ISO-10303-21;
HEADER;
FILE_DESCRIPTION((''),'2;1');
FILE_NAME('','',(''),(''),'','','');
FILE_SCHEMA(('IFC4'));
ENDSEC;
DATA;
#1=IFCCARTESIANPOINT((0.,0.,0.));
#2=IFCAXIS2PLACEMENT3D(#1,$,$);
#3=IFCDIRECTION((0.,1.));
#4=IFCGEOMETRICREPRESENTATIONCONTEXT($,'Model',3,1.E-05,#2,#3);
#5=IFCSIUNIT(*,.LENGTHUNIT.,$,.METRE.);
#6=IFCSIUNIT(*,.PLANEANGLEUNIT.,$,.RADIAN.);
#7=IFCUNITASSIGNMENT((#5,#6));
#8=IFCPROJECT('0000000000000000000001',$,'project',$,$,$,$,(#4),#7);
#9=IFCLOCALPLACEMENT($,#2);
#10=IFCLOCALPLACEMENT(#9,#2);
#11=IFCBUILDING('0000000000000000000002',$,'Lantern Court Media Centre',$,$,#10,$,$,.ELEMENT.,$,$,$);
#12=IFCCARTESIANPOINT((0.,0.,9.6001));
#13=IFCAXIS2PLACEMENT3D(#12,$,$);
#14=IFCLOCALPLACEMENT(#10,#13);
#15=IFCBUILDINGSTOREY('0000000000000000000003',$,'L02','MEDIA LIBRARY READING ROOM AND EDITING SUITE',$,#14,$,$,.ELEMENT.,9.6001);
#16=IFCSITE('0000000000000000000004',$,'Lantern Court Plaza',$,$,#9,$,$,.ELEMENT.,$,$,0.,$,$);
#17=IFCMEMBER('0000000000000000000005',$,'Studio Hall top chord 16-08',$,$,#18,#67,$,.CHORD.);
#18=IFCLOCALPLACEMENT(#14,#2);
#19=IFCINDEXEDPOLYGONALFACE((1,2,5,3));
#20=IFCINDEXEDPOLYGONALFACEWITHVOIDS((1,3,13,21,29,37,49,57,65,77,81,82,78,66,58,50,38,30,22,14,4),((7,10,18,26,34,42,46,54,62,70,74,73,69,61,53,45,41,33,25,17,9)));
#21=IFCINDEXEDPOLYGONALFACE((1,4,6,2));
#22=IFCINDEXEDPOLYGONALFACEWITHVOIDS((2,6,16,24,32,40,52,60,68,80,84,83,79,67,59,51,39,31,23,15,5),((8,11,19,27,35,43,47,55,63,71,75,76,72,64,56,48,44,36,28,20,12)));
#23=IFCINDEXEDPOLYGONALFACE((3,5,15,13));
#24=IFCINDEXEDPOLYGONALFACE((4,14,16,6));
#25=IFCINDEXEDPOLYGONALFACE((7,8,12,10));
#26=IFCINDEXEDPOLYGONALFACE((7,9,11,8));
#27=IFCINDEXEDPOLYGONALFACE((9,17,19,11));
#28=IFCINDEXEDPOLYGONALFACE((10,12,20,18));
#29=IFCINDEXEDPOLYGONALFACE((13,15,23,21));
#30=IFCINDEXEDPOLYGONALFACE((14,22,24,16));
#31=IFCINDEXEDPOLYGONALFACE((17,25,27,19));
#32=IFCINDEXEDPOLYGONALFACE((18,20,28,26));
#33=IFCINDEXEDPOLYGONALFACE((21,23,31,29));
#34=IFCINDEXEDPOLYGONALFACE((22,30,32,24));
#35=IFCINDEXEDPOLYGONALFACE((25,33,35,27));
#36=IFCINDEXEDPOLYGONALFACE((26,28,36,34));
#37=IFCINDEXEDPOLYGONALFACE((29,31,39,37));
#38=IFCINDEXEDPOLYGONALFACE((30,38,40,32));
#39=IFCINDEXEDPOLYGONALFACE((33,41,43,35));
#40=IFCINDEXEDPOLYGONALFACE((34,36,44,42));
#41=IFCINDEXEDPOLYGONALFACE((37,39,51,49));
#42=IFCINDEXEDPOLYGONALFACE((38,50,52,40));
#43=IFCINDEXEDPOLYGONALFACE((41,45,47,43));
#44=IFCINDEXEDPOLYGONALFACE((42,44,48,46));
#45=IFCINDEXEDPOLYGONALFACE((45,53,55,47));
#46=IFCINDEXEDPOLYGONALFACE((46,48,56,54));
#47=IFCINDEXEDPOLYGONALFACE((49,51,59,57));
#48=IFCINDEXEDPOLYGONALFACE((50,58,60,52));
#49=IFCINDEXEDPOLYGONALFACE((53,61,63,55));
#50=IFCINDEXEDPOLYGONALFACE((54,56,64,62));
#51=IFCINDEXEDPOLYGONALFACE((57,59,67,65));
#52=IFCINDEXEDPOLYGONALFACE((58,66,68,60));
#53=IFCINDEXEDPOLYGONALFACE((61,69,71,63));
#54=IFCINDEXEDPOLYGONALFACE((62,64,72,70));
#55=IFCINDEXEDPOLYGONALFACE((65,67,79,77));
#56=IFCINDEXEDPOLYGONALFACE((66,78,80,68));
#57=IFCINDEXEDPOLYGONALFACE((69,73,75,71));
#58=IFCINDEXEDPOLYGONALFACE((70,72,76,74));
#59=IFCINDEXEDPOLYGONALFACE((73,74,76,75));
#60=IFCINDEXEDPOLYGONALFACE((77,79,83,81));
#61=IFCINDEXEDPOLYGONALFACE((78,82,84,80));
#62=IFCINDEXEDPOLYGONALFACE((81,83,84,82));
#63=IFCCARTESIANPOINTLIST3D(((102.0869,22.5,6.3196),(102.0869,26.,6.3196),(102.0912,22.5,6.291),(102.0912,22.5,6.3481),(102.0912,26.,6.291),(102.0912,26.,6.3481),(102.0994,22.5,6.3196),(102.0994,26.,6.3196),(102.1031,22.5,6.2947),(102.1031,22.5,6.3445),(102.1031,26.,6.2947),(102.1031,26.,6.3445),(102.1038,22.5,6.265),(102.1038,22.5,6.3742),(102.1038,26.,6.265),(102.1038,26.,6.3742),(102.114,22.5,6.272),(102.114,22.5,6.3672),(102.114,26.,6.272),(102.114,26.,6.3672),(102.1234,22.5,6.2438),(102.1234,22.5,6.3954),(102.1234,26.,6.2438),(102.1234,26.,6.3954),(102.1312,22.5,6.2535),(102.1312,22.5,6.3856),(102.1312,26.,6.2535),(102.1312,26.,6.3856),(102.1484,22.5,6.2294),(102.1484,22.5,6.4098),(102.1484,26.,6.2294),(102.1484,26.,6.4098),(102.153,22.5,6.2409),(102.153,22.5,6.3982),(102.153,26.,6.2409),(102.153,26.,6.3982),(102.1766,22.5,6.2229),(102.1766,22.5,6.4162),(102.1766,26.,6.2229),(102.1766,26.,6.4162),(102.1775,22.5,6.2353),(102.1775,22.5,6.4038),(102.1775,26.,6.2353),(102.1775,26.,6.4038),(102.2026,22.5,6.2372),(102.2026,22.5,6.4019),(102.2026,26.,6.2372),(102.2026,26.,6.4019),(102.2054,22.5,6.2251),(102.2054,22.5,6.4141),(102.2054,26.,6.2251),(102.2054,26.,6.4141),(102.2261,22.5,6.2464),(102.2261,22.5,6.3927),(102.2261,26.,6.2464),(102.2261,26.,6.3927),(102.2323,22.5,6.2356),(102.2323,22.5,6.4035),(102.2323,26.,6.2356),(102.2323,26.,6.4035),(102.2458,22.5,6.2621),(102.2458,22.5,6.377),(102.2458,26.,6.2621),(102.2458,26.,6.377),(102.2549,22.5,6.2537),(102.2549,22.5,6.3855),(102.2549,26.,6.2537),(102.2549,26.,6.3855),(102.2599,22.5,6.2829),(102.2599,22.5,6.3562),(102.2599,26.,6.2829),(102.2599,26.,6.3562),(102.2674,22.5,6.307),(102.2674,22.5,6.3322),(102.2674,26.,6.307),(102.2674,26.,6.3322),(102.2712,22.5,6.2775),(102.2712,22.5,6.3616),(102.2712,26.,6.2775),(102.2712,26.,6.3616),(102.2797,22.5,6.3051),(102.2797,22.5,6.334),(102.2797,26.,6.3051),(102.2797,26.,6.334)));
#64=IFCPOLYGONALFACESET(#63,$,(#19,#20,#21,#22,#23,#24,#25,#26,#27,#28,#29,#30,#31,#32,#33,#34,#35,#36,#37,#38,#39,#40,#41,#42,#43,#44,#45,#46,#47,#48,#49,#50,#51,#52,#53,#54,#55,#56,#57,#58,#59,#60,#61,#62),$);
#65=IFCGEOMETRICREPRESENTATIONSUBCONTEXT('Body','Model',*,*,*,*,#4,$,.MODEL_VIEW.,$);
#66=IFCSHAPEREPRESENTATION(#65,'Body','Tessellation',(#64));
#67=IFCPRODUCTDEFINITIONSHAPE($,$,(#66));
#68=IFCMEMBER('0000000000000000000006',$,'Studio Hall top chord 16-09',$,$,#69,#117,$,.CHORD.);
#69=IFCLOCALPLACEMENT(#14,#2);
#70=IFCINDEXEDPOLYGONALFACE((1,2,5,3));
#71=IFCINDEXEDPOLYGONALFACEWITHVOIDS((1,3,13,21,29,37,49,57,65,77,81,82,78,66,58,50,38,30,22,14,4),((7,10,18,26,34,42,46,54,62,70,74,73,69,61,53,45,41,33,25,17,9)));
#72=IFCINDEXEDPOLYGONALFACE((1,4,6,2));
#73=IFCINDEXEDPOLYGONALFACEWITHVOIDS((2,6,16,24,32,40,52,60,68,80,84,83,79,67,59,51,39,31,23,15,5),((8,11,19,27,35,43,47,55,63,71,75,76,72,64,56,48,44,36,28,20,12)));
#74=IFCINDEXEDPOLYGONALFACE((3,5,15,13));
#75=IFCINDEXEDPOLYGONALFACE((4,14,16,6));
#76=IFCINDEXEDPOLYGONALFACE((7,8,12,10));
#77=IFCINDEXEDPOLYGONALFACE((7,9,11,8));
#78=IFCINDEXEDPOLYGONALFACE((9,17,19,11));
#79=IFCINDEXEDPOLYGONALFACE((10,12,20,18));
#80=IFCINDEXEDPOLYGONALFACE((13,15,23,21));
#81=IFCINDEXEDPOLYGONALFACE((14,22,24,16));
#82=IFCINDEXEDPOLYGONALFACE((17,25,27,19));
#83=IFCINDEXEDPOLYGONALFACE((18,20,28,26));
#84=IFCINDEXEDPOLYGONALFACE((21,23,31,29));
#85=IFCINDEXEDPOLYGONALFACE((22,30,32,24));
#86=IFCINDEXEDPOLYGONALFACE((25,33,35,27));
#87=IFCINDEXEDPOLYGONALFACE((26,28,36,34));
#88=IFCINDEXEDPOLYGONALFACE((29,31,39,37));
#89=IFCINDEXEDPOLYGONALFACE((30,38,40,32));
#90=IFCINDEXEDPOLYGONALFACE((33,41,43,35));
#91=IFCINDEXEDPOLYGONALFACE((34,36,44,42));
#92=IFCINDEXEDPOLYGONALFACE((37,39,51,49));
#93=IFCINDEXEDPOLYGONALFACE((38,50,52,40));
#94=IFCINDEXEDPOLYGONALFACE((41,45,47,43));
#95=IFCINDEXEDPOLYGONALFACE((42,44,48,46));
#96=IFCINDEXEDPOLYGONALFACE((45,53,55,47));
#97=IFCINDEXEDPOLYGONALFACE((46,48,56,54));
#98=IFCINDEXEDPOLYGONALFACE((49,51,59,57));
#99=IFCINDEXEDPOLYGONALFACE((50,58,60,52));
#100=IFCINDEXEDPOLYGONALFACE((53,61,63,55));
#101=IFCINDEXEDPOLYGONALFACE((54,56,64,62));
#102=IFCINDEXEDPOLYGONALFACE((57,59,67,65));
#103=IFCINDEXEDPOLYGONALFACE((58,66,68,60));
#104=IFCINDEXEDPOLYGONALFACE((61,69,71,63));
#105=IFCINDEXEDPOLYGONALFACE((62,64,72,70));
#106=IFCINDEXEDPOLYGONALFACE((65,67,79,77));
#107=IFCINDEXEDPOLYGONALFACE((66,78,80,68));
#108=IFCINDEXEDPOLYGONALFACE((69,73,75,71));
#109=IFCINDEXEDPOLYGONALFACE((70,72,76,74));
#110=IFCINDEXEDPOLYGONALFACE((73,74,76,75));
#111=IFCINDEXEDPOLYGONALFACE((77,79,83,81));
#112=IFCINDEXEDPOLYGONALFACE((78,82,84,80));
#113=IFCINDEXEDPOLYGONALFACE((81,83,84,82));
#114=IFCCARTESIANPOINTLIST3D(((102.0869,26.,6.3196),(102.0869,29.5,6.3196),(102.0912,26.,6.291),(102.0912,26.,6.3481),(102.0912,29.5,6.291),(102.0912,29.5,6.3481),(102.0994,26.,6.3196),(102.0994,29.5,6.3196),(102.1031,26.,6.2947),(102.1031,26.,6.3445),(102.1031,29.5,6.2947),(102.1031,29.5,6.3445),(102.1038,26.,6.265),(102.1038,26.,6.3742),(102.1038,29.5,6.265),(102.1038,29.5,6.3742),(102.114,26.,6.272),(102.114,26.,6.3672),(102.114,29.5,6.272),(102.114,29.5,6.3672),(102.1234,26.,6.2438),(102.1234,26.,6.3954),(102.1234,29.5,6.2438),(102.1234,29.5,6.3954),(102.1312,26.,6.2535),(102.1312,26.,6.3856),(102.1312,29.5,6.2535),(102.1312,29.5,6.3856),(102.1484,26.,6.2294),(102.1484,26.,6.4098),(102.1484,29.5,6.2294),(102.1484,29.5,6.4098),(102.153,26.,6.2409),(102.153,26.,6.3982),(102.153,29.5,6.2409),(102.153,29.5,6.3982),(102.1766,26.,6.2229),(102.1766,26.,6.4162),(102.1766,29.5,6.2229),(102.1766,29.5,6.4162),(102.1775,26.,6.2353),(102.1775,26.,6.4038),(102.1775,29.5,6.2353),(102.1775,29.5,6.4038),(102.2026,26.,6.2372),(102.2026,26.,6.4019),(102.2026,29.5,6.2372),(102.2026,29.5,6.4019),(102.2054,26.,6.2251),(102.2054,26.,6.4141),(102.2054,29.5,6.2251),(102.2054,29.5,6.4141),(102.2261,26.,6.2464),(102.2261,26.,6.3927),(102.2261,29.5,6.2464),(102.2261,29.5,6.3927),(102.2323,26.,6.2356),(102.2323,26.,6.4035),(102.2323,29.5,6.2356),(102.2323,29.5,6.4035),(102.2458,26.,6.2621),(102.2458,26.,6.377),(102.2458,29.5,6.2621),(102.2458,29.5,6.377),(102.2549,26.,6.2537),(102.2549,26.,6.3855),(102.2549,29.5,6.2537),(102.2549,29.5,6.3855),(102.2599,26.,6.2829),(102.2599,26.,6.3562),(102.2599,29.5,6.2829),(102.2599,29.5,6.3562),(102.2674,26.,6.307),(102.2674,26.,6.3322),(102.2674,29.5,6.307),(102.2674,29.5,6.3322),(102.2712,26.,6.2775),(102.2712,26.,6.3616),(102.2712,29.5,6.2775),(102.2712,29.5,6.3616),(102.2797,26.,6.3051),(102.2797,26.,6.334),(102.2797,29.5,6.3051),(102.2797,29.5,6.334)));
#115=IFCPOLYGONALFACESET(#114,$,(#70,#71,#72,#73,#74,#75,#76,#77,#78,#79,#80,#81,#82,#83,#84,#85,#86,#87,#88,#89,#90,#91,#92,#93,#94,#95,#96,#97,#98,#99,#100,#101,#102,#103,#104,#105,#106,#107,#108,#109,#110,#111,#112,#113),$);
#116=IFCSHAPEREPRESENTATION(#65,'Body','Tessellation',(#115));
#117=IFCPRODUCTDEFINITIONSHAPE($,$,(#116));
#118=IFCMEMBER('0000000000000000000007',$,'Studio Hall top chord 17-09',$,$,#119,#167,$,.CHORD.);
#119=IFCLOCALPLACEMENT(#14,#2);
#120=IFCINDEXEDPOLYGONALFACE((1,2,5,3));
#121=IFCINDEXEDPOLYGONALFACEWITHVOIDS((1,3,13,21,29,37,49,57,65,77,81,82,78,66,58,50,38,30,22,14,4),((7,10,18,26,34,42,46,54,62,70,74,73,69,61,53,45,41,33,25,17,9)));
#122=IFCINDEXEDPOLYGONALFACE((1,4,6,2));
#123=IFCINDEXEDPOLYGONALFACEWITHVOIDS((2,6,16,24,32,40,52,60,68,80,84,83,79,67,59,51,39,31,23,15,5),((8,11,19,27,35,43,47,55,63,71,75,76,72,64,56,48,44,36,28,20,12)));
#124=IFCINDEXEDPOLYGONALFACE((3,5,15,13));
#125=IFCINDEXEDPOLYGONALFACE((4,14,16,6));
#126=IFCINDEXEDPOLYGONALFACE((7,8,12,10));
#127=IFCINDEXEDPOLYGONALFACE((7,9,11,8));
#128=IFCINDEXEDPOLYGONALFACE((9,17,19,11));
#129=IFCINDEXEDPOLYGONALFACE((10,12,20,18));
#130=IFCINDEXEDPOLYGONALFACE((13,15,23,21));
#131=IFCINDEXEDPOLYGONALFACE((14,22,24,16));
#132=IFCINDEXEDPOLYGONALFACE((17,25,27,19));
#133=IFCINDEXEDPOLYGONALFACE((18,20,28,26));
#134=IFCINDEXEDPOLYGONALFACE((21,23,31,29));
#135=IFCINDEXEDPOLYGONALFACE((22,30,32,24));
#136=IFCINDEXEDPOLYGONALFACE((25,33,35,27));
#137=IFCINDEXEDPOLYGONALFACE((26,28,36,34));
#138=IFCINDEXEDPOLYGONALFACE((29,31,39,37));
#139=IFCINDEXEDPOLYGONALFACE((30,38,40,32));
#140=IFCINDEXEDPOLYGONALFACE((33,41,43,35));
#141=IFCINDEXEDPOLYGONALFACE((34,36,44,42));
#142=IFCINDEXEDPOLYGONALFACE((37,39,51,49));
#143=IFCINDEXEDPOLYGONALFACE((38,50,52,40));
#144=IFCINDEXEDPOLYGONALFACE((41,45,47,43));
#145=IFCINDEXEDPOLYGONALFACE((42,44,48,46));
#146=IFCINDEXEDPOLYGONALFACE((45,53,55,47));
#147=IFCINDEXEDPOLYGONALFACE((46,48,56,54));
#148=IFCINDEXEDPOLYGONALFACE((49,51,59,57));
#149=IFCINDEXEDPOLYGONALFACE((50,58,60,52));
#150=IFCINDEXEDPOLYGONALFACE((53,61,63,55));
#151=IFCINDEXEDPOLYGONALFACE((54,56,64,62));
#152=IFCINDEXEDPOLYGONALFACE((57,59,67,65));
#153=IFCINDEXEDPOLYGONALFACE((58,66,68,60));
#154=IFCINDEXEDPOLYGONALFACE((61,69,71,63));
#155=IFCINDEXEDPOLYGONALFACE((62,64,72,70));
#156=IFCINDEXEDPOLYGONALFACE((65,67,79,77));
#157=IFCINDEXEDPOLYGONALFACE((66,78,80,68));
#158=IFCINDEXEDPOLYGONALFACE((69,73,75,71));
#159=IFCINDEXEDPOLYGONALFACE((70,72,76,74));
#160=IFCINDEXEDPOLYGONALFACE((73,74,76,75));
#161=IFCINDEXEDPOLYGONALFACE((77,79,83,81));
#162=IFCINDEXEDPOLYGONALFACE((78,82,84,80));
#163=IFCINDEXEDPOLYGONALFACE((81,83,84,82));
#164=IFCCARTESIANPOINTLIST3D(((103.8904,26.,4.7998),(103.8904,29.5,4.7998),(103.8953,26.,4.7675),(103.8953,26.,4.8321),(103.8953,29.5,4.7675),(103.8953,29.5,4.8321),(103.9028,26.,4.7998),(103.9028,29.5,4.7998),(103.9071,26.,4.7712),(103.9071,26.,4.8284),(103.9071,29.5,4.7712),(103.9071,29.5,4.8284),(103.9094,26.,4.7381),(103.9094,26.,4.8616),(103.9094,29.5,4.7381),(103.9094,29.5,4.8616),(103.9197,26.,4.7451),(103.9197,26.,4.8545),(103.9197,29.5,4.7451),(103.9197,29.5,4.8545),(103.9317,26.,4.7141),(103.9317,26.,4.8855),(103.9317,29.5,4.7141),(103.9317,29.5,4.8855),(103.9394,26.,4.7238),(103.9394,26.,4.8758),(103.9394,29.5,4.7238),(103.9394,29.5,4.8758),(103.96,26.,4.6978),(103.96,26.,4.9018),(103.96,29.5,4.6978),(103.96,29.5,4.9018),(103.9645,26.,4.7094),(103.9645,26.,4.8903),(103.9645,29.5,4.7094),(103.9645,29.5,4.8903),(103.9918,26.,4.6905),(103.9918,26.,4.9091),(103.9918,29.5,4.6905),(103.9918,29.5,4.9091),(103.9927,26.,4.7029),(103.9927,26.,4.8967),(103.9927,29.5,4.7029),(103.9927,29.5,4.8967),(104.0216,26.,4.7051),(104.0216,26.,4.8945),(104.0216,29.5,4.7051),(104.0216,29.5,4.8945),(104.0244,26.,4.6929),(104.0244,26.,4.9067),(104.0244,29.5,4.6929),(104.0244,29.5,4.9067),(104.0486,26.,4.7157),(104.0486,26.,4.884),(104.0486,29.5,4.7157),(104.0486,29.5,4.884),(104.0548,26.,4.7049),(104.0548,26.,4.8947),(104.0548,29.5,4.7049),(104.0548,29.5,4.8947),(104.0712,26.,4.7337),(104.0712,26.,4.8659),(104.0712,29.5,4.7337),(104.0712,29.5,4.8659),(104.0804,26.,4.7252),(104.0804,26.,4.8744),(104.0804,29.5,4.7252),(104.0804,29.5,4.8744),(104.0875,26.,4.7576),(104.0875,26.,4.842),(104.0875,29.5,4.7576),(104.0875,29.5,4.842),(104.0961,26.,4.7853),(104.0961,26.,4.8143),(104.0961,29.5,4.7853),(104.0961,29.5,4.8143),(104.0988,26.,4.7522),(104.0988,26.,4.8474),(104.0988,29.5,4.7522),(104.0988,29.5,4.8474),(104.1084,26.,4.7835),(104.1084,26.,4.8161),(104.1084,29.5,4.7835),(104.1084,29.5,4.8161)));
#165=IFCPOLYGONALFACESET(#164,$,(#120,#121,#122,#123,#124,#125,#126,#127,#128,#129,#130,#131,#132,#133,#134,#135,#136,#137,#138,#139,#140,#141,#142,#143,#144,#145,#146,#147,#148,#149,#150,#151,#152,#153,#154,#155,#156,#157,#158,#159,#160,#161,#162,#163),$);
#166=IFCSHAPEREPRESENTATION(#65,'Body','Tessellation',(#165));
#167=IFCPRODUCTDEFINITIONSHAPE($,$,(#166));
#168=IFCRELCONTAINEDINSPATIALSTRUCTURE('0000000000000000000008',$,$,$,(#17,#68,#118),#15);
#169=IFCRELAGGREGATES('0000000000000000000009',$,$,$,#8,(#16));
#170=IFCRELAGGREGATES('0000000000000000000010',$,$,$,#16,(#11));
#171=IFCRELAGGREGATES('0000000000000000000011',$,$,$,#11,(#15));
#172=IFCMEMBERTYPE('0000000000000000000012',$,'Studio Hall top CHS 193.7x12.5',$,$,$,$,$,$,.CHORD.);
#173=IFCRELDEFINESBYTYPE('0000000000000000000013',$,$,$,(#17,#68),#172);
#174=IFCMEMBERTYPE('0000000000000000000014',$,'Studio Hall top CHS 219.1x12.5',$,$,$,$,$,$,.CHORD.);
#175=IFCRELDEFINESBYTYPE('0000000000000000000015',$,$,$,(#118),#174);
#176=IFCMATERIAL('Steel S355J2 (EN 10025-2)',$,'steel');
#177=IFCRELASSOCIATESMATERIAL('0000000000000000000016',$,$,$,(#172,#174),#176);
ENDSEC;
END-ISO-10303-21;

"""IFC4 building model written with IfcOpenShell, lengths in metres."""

from ifc_helpers import new_model, si_unit, direction, frame, origin, origin_2d, place, context, subcontext, project, spatial, hollow_circle, extrude, material, material_profile, profile_set, type_object, element, save


model = new_model("IFC4")

# Units and contexts
model_context = context("Model", 3, precision=1e-05, world=origin(), true_north=direction((0.0, 1.0)))
body_context = subcontext(model_context, "Body", "Model", "MODEL_VIEW")
ifc_project = project(units=[si_unit("LENGTHUNIT", "METRE"), si_unit("PLANEANGLEUNIT", "RADIAN")], contexts=[model_context])

# Site, building, storey
site_placement = place(None, origin())
site = spatial("IfcSite", under=ifc_project, at=site_placement, Name="Lantern Court Plaza", CompositionType="ELEMENT", RefElevation=0.0)
building_placement = place(site_placement, origin())
building = spatial("IfcBuilding", under=site, at=building_placement, Name="Lantern Court Media Centre", CompositionType="ELEMENT")
storey_placement = place(building_placement, frame((0.0, 0.0, 9.6001)))
storey = spatial("IfcBuildingStorey", under=building, at=storey_placement, Name="L02", Description="MEDIA LIBRARY READING ROOM AND EDITING SUITE", CompositionType="ELEMENT", Elevation=9.6001)

# Shared definitions
ifc_material_1 = material(Name="Steel S355J2 (EN 10025-2)", Category="steel")

# Members
ifc_material_profile_1 = material_profile(ifc_material_1, hollow_circle(Radius=0.0969, WallThickness=0.0125, at=origin_2d()), Name="Studio Hall top CHS 193.7x12.5")
ifc_profile_set_1 = profile_set([ifc_material_profile_1], Name="Steel S355J2 (EN 10025-2)")
member_type_1 = type_object("IfcMemberType", Name="Studio Hall top CHS 193.7x12.5", PredefinedType="CHORD", material=ifc_profile_set_1)
for number, where, z_axis, x_axis, name in (
    (1, (102.1838, 22.5, 6.3196), (0.0, 1.0, 0.0), (-1.0, 0.0, 0.0), "Studio Hall top chord 16-08"),
    (2, (102.1838, 26.0, 6.3196), (0.0, 1.0, 0.0), (-1.0, 0.0, 0.0), "Studio Hall top chord 16-09"),
):
    element("IfcMember", number, at=place(storey_placement, frame(where, z_axis=z_axis, x_axis=x_axis)), inside=storey, type_object=member_type_1, Name=name, PredefinedType="CHORD", context=body_context, shape_type="SweptSolid", body=[
        extrude(hollow_circle(Radius=0.0969, WallThickness=0.0125, at=origin_2d()), origin(), (0.0, 0.0, 1.0), 3.5),
    ])
ifc_material_profile_2 = material_profile(ifc_material_1, hollow_circle(Radius=0.1096, WallThickness=0.0125, at=origin_2d()), Name="Studio Hall top CHS 219.1x12.5")
ifc_profile_set_2 = profile_set([ifc_material_profile_2], Name="Steel S355J2 (EN 10025-2)")
member_type_2 = type_object("IfcMemberType", Name="Studio Hall top CHS 219.1x12.5", PredefinedType="CHORD", material=ifc_profile_set_2)
member_1_placement = place(storey_placement, frame((104.0, 26.0, 4.7998), z_axis=(0.0, 1.0, 0.0), x_axis=(-1.0, 0.0, 0.0)))
element("IfcMember", 3, at=member_1_placement, inside=storey, type_object=member_type_2, Name="Studio Hall top chord 17-09", PredefinedType="CHORD", context=body_context, shape_type="SweptSolid", body=[
    extrude(hollow_circle(Radius=0.1096, WallThickness=0.0125, at=origin_2d()), origin(), (0.0, 0.0, 1.0), 3.5),
])

save(model, "model.ifc")
